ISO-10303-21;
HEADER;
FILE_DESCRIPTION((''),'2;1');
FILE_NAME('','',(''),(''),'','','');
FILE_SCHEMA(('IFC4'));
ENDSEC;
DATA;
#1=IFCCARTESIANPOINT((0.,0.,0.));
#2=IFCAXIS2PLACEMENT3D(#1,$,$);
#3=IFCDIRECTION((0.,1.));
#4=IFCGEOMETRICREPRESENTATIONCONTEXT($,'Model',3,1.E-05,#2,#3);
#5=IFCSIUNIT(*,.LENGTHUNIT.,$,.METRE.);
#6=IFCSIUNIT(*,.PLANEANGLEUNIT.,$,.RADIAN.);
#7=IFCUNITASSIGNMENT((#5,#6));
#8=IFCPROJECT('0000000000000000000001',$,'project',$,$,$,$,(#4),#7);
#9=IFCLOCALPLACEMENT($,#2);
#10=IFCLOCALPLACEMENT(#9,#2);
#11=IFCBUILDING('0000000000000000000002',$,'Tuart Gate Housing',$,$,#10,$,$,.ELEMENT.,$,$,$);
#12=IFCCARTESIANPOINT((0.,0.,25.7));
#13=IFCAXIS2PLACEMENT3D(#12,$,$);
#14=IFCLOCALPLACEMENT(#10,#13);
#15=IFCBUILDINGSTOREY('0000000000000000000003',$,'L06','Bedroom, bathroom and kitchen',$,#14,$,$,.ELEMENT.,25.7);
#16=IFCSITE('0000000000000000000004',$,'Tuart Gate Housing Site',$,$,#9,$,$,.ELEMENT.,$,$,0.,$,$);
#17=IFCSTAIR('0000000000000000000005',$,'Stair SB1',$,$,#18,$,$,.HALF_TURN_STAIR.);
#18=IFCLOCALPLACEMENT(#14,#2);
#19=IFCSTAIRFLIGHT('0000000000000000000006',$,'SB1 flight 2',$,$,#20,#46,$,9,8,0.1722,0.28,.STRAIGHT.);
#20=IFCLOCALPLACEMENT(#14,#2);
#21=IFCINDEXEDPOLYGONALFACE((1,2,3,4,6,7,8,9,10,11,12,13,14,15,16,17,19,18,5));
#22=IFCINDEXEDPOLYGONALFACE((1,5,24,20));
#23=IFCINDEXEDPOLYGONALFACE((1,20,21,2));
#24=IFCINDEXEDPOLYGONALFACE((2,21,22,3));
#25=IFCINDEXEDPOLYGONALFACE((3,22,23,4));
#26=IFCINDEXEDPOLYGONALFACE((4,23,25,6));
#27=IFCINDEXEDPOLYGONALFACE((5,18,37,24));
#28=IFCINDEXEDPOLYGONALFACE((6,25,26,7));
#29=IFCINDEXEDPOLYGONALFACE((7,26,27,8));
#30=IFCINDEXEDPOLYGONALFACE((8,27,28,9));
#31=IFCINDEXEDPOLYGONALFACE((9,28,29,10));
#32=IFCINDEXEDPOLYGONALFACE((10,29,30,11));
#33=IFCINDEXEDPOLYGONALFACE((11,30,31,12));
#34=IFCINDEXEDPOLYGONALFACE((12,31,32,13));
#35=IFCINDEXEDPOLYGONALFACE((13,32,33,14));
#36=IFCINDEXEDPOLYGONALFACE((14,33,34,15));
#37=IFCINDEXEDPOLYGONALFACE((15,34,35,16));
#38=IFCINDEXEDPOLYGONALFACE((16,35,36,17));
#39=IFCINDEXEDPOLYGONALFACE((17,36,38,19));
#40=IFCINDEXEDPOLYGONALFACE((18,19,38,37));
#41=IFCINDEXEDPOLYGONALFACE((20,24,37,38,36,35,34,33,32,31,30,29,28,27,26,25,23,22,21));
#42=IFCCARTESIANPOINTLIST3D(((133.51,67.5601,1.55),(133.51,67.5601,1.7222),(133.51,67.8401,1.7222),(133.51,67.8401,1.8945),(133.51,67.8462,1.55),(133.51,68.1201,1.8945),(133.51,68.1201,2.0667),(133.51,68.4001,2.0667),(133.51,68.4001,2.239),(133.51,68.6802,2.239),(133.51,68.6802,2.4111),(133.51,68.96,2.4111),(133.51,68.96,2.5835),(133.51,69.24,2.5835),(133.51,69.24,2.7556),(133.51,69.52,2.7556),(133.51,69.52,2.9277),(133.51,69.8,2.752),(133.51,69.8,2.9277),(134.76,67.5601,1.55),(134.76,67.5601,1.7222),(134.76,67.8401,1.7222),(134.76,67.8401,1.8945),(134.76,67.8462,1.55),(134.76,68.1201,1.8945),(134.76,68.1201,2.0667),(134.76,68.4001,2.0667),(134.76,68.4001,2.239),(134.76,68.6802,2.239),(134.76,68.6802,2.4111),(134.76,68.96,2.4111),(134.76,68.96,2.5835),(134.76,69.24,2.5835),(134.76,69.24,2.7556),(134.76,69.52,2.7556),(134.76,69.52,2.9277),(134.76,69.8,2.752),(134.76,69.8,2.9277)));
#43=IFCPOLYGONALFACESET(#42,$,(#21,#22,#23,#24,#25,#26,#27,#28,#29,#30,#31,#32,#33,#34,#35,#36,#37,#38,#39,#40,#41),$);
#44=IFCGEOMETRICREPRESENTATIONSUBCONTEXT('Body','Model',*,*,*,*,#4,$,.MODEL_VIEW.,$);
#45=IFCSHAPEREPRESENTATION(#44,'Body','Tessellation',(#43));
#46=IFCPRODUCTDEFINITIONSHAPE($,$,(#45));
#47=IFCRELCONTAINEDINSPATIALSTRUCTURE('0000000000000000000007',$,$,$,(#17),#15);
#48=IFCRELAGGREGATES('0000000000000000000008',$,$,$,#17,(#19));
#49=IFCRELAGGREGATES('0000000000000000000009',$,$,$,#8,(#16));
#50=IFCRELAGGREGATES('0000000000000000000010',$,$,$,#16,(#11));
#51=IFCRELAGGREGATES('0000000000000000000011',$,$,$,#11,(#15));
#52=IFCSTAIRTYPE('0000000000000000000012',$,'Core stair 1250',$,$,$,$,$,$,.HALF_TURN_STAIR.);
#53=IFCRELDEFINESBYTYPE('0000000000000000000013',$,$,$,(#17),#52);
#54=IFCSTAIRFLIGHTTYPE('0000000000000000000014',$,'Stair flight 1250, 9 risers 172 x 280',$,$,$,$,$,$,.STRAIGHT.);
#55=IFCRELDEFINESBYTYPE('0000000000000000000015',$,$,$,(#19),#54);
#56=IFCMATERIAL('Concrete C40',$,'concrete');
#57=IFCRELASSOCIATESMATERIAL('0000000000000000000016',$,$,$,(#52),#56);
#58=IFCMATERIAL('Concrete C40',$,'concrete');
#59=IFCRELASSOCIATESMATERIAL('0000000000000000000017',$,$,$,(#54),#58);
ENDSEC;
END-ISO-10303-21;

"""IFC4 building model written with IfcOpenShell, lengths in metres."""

from ifc_helpers import new_model, si_unit, direction, frame, origin, place, context, subcontext, project, spatial, polyline, outline, extrude, material, type_object, element, aggregate, save


model = new_model("IFC4")

# Units and contexts
model_context = context("Model", 3, precision=1e-05, world=origin(), true_north=direction((0.0, 1.0)))
body_context = subcontext(model_context, "Body", "Model", "MODEL_VIEW")
ifc_project = project(units=[si_unit("LENGTHUNIT", "METRE"), si_unit("PLANEANGLEUNIT", "RADIAN")], contexts=[model_context])

# Site, building, storey
site_placement = place(None, origin())
site = spatial("IfcSite", under=ifc_project, at=site_placement, Name="Tuart Gate Housing Site", CompositionType="ELEMENT", RefElevation=0.0)
building_placement = place(site_placement, origin())
building = spatial("IfcBuilding", under=site, at=building_placement, Name="Tuart Gate Housing", CompositionType="ELEMENT")
storey_placement = place(building_placement, frame((0.0, 0.0, 25.7)))
storey = spatial("IfcBuildingStorey", under=building, at=storey_placement, Name="L06", Description="Bedroom, bathroom and kitchen", CompositionType="ELEMENT", Elevation=25.7)

# Stair, stair flight
ifc_material_1 = material(Name="Concrete C40", Category="concrete")
stair_type = type_object("IfcStairType", Name="Core stair 1250", PredefinedType="HALF_TURN_STAIR", material=ifc_material_1)
stair_placement = place(storey_placement, origin())
stair = element("IfcStair", 1, at=stair_placement, inside=storey, type_object=stair_type, Name="Stair SB1", PredefinedType="HALF_TURN_STAIR")
ifc_material_2 = material(Name="Concrete C40", Category="concrete")
stair_flight_type = type_object("IfcStairFlightType", Name="Stair flight 1250, 9 risers 172 x 280", PredefinedType="STRAIGHT", material=ifc_material_2)
stair_flight_1_placement = place(storey_placement, frame((134.135, 67.5601, 1.55), z_axis=(0.0, 0.0, 1.0), x_axis=(0.0, 1.0, 0.0)))
stair_flight_1 = element("IfcStairFlight", 2, at=stair_flight_1_placement, type_object=stair_flight_type, Name="SB1 flight 2", NumberOfRisers=9, NumberOfTreads=8, PredefinedType="STRAIGHT", RiserHeight=0.1722, TreadLength=0.28, context=body_context, shape_type="SweptSolid", body=[
    extrude(outline(polyline([(0.0, 0.0), (0.0, 0.1721), (0.28, 0.1721), (0.28, 0.3445), (0.5601, 0.3445), (0.5601, 0.5166), (0.8401, 0.5166), (0.8401, 0.689), (1.1201, 0.689), (1.1201, 0.8611), (1.3999, 0.8611), (1.3999, 1.0334), (1.6799, 1.0334), (1.6799, 1.2056), (1.96, 1.2056), (1.96, 1.3777), (2.24, 1.3777), (2.24, 1.55), (2.24, 1.2019), (0.2861, 0.0), (0.0, 0.0)])), frame((0.0, 0.625, 0.0), z_axis=(0.0, -1.0, 0.0), x_axis=(1.0, 0.0, 0.0)), (0.0, 0.0, 1.0), 1.25),
])
aggregate(stair, [stair_flight_1])

save(model, "model.ifc")
